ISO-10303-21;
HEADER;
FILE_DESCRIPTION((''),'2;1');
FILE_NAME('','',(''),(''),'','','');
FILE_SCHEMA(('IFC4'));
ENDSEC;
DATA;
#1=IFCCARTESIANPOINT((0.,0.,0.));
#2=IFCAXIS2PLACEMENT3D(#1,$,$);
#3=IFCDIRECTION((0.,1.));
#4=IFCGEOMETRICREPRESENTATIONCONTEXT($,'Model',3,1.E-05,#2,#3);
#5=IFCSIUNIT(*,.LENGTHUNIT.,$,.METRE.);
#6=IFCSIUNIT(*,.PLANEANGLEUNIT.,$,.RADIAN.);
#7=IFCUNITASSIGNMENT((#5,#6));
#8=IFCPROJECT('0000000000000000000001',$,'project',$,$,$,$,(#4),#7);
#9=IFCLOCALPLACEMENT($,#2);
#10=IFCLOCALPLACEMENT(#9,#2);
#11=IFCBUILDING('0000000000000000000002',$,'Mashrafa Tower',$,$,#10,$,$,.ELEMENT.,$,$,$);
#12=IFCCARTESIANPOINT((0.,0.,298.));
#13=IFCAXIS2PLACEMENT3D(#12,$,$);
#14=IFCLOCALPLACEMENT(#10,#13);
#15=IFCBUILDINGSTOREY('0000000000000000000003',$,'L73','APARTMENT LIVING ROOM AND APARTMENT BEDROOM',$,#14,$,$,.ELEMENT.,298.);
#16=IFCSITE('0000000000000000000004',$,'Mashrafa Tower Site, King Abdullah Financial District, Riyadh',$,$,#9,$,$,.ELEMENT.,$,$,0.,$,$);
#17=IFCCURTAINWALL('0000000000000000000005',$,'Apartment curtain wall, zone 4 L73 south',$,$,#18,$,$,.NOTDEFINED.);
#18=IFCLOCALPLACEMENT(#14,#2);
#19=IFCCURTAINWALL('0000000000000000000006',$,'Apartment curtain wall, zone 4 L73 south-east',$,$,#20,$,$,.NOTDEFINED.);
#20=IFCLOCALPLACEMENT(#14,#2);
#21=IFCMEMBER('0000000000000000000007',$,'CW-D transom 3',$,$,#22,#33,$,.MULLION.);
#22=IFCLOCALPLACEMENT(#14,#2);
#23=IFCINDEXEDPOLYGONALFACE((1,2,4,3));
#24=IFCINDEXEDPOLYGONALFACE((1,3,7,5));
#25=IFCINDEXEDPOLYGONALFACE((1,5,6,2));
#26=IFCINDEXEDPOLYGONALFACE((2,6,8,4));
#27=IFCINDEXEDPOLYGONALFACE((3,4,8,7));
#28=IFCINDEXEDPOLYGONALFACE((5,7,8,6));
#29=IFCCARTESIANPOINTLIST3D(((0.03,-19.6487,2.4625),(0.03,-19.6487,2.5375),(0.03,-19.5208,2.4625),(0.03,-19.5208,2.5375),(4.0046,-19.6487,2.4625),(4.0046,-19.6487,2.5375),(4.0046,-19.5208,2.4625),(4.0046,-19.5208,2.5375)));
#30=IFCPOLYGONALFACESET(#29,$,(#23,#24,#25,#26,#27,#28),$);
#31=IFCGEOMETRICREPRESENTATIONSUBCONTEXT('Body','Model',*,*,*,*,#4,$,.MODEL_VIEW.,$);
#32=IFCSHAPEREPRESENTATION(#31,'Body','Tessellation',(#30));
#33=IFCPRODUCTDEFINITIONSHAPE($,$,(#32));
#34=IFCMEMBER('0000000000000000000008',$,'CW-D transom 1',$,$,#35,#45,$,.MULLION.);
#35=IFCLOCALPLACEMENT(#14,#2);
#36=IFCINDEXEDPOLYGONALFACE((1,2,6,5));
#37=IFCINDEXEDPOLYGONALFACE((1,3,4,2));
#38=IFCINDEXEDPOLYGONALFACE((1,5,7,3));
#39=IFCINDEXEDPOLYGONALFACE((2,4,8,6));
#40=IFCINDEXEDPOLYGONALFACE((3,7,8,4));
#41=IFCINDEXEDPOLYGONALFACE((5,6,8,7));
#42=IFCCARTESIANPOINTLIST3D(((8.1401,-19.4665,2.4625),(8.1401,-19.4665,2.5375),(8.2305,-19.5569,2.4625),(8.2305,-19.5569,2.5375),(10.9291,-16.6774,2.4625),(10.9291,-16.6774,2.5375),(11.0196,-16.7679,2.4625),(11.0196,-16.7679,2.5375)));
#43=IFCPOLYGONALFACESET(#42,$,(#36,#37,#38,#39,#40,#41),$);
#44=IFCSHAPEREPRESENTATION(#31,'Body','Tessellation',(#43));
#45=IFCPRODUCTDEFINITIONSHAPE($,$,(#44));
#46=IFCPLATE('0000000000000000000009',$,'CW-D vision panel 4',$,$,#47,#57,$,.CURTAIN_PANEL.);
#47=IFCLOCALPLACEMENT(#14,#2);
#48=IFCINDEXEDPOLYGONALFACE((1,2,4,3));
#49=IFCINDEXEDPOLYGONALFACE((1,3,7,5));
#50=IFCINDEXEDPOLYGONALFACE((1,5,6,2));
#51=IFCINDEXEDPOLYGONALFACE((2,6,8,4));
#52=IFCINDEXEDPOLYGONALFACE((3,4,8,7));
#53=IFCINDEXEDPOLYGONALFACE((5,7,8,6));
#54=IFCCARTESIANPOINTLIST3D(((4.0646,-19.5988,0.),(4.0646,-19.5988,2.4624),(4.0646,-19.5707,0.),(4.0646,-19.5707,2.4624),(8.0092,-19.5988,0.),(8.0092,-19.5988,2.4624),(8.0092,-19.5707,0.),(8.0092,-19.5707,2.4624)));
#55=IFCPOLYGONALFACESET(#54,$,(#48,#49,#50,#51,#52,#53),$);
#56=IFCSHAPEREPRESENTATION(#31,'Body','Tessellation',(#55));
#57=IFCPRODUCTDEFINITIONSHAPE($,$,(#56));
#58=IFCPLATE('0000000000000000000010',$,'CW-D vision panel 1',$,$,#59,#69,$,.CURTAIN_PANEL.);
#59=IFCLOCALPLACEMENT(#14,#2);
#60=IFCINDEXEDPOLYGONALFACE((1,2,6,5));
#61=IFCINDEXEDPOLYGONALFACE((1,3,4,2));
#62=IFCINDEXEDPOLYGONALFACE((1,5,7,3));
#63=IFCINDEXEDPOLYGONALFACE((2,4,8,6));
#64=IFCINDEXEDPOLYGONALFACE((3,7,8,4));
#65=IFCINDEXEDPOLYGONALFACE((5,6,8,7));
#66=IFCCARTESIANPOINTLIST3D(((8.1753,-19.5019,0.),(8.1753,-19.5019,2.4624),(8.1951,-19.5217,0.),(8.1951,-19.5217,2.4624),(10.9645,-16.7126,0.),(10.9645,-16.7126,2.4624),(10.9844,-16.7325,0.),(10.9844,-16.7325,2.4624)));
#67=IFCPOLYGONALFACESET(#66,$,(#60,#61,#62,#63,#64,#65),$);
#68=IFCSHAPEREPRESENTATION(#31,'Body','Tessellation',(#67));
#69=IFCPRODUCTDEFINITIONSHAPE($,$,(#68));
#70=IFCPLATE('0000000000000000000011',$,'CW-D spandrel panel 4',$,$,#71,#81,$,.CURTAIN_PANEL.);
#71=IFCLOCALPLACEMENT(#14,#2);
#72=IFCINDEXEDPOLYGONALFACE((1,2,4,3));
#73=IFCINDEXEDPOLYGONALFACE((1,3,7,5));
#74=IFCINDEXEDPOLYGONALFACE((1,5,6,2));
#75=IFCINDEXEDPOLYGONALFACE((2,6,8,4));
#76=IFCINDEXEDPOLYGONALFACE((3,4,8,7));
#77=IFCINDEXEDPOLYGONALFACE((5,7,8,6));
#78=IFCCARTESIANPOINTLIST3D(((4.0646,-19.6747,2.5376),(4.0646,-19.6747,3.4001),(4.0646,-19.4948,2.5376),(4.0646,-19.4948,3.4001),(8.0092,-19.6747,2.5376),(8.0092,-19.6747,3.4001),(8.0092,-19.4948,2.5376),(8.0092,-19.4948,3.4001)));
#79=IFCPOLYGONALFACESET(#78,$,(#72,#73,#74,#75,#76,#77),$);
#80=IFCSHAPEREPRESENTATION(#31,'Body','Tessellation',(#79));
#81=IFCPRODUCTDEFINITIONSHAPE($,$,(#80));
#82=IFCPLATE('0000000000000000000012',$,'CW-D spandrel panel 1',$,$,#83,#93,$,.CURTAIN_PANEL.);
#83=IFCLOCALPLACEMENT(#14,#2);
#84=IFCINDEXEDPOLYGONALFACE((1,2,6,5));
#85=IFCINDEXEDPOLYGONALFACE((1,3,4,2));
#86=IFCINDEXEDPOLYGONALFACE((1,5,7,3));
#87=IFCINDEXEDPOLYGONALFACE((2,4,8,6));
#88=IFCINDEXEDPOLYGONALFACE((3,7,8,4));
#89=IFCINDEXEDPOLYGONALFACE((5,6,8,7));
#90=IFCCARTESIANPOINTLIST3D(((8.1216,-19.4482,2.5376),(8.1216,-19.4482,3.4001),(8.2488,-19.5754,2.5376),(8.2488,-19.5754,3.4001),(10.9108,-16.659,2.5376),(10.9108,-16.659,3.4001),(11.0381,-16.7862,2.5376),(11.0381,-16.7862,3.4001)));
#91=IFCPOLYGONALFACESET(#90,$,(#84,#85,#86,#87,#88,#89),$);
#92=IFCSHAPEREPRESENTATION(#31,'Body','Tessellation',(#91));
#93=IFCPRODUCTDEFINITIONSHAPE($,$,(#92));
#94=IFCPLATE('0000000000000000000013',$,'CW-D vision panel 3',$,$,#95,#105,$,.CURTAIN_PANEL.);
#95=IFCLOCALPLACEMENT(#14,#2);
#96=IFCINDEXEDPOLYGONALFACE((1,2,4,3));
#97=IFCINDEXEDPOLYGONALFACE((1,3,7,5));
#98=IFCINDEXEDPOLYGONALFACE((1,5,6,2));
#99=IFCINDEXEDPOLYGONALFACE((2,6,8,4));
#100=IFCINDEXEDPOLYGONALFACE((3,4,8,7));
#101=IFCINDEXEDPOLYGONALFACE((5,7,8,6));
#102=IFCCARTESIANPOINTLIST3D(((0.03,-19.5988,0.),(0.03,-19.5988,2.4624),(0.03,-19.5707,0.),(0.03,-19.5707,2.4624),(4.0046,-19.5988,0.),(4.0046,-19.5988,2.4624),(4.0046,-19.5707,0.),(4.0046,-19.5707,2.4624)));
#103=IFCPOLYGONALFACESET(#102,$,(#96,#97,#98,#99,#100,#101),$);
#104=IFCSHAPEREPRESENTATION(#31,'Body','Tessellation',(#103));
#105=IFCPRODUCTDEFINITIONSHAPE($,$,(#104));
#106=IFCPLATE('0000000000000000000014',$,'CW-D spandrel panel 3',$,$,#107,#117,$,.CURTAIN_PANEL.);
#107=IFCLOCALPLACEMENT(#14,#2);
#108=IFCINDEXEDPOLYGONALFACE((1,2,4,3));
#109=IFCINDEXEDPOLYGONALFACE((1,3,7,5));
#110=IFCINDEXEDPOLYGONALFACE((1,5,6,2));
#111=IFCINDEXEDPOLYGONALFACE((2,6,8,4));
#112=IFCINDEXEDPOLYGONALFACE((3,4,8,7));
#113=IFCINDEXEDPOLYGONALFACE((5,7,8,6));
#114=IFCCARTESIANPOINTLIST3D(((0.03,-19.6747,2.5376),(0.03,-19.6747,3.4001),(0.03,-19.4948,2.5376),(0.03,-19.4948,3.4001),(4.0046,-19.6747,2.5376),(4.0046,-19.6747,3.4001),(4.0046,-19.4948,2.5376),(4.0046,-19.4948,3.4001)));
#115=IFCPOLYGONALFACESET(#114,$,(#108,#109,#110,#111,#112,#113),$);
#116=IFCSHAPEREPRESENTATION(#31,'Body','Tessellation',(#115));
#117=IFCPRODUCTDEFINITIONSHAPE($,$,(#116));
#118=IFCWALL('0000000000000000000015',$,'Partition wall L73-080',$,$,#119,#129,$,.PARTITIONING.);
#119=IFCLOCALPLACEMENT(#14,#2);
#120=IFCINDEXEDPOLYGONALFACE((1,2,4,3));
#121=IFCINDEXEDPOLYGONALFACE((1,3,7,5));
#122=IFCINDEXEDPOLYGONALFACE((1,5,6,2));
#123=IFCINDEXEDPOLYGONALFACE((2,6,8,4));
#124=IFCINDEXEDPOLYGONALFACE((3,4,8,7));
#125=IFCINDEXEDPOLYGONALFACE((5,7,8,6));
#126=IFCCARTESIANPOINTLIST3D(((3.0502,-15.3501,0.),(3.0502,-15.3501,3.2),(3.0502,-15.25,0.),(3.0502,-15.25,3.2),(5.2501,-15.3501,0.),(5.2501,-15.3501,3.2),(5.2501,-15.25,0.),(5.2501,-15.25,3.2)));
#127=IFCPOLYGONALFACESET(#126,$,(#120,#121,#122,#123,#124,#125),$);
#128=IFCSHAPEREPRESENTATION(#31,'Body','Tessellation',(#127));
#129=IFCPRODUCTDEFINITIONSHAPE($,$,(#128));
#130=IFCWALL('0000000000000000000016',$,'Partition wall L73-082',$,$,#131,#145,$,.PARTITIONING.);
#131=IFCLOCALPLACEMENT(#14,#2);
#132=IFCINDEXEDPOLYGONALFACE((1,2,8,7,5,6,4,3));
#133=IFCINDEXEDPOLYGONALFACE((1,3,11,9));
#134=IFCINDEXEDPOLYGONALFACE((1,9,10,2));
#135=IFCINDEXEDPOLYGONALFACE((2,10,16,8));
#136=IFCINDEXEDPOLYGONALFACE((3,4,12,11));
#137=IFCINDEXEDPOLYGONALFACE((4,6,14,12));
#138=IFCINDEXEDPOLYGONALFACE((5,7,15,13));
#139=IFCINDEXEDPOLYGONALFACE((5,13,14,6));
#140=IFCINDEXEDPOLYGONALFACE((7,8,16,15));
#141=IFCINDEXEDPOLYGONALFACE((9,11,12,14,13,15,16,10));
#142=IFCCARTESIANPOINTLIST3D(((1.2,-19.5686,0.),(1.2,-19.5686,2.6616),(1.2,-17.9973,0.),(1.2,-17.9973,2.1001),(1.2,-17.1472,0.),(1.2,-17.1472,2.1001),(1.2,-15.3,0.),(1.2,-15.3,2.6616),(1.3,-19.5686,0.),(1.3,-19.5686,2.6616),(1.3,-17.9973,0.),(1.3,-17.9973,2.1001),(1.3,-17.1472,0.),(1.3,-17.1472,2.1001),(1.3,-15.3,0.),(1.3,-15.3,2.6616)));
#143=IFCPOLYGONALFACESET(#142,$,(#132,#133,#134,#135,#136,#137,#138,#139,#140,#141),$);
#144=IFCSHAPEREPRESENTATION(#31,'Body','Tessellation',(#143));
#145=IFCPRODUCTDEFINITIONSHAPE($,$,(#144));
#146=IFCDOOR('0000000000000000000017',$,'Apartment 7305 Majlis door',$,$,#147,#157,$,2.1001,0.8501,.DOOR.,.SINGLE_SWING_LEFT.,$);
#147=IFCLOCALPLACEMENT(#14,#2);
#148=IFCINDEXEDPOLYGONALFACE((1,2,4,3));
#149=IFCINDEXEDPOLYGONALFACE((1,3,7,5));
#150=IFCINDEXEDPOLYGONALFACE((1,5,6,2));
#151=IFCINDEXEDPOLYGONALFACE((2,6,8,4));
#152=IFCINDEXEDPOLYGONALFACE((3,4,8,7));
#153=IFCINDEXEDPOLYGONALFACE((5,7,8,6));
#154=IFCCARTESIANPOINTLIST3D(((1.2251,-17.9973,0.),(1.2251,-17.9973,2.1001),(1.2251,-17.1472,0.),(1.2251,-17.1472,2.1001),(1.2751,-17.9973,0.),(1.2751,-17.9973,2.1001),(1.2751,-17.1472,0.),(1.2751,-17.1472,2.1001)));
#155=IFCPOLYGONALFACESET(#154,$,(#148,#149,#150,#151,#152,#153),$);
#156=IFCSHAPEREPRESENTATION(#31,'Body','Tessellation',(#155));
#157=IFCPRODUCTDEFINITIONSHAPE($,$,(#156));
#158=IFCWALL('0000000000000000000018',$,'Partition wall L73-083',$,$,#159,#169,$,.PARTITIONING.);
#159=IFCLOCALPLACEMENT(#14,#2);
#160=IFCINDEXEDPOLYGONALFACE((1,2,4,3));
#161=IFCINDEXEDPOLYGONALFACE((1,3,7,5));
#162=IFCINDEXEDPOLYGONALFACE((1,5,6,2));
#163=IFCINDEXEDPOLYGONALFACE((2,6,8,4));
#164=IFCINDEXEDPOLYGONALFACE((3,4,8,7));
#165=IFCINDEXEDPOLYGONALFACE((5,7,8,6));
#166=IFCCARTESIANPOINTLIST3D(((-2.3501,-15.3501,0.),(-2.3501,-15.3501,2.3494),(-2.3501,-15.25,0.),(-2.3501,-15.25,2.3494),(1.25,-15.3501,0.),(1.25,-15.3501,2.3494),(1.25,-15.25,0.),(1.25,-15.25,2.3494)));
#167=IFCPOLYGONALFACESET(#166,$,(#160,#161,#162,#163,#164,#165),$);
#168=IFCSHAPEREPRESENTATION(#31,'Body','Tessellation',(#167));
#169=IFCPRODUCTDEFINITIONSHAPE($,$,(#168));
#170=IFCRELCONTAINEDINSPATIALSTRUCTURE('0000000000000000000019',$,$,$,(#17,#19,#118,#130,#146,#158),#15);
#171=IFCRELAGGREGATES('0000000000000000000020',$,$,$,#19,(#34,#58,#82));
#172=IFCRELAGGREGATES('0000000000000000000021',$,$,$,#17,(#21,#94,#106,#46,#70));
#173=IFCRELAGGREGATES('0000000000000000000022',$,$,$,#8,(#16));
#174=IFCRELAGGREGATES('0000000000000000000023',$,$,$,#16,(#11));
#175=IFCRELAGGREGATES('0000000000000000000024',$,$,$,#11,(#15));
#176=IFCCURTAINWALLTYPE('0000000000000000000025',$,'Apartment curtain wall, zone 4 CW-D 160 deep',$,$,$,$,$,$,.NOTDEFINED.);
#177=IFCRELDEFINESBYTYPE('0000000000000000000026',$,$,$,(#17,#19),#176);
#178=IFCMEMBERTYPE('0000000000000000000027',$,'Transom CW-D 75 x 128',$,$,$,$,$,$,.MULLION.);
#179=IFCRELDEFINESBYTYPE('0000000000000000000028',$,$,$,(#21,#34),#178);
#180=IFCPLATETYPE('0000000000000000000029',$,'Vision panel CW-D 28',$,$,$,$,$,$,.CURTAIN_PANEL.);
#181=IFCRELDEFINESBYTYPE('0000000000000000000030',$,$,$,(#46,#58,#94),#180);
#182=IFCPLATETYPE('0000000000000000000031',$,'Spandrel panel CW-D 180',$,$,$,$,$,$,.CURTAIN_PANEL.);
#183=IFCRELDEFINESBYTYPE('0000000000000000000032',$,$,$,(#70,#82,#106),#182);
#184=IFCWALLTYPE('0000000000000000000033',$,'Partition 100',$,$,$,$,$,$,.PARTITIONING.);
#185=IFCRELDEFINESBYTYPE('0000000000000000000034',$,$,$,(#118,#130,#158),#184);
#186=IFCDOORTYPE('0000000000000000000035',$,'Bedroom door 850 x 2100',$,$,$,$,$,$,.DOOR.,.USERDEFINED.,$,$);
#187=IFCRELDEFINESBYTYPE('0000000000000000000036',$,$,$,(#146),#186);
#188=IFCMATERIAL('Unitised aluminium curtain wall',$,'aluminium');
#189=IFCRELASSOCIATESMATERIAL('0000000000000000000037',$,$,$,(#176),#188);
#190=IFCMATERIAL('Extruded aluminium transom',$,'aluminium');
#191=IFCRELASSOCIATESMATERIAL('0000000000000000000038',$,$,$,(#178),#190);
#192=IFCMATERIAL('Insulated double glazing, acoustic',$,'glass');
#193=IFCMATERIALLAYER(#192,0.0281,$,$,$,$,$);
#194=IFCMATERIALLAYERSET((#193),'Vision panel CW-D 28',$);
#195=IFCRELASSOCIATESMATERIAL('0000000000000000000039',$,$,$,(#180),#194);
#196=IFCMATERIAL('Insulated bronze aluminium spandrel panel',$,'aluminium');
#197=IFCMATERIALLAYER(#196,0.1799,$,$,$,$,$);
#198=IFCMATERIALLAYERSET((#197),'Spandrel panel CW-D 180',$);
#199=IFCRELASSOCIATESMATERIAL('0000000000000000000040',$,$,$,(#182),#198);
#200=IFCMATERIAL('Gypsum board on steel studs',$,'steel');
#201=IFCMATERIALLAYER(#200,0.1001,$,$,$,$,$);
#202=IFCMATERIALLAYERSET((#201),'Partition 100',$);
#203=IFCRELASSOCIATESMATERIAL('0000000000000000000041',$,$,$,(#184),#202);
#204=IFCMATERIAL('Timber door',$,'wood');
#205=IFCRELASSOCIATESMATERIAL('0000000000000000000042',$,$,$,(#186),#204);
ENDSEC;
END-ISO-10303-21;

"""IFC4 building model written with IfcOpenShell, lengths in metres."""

from ifc_helpers import new_model, si_unit, direction, frame, frame_2d, origin, origin_2d, place, context, subcontext, project, spatial, rectangle, extrude, source, transform, mapped, material, layer, layer_set, material_profile, profile_set, type_object, type_shapes, element, fill, aggregate, save


model = new_model("IFC4")

# Units and contexts
model_context = context("Model", 3, precision=1e-05, world=origin(), true_north=direction((0.0, 1.0)))
body_context = subcontext(model_context, "Body", "Model", "MODEL_VIEW")
ifc_project = project(units=[si_unit("LENGTHUNIT", "METRE"), si_unit("PLANEANGLEUNIT", "RADIAN")], contexts=[model_context])

# Site, building, storey
site_placement = place(None, origin())
site = spatial("IfcSite", under=ifc_project, at=site_placement, Name="Mashrafa Tower Site, King Abdullah Financial District, Riyadh", CompositionType="ELEMENT", RefElevation=0.0)
building_placement = place(site_placement, origin())
building = spatial("IfcBuilding", under=site, at=building_placement, Name="Mashrafa Tower", CompositionType="ELEMENT")
storey_placement = place(building_placement, frame((0.0, 0.0, 298.0)))
storey = spatial("IfcBuildingStorey", under=building, at=storey_placement, Name="L73", Description="APARTMENT LIVING ROOM AND APARTMENT BEDROOM", CompositionType="ELEMENT", Elevation=298.0)

# Curtain wall
ifc_material_1 = material(Name="Unitised aluminium curtain wall", Category="aluminium")
curtain_wall_type = type_object("IfcCurtainWallType", Name="Apartment curtain wall, zone 4 CW-D 160 deep", PredefinedType="NOTDEFINED", material=ifc_material_1)
curtain_wall_1_placement = place(storey_placement, origin())
curtain_wall_1 = element("IfcCurtainWall", 1, at=curtain_wall_1_placement, inside=storey, type_object=curtain_wall_type, Name="Apartment curtain wall, zone 4 L73 south", PredefinedType="NOTDEFINED")

# Curtain wall
curtain_wall_2_placement = place(storey_placement, origin())
curtain_wall_2 = element("IfcCurtainWall", 2, at=curtain_wall_2_placement, inside=storey, type_object=curtain_wall_type, Name="Apartment curtain wall, zone 4 L73 south-east", PredefinedType="NOTDEFINED")

# Members
ifc_material_2 = material(Name="Extruded aluminium transom", Category="aluminium")
ifc_material_profile_1 = material_profile(ifc_material_2, rectangle(XDim=0.1279, YDim=0.075, at=origin_2d()), Name="Transom 75x128")
ifc_profile_set_1 = profile_set([ifc_material_profile_1], Name="Extruded aluminium transom")
member_type_1 = type_object("IfcMemberType", Name="Transom CW-D 75 x 128", PredefinedType="MULLION", material=ifc_profile_set_1)
shared_shape_1 = source(origin(), body_context, "Body", "SweptSolid", [
    extrude(rectangle(XDim=0.1279, YDim=0.075, at=origin_2d()), origin(), (0.0, 0.0, 1.0), 3.9746),
])
member_1_placement = place(storey_placement, frame((0.03, -19.5847, 2.5), z_axis=(1.0, 0.0, 0.0), x_axis=(0.0, 1.0, 0.0)))
member_1 = element("IfcMember", 3, at=member_1_placement, type_object=member_type_1, Name="CW-D transom 3", PredefinedType="MULLION", context=body_context, shape_type="MappedRepresentation", body=[
    mapped(shared_shape_1, transform((0.0, 0.0, 0.0))),
])
shared_shape_2 = source(origin(), body_context, "Body", "SweptSolid", [
    extrude(rectangle(XDim=0.1279, YDim=0.075, at=origin_2d()), origin(), (0.0, 0.0, 1.0), 3.9443),
])
member_2_placement = place(storey_placement, frame((8.1853, -19.5117, 2.5), z_axis=(0.707107, 0.707107, 0.0), x_axis=(-0.707107, 0.707107, 0.0)))
member_2 = element("IfcMember", 4, at=member_2_placement, type_object=member_type_1, Name="CW-D transom 1", PredefinedType="MULLION", context=body_context, shape_type="MappedRepresentation", body=[
    mapped(shared_shape_2, transform((0.0, 0.0, 0.0))),
])

# Plates
ifc_material_3 = material(Name="Insulated double glazing, acoustic", Category="glass")
ifc_layer_1 = layer(ifc_material_3, 0.0281)
ifc_layer_set_1 = layer_set([ifc_layer_1], Name="Vision panel CW-D 28")
plate_type_1 = type_object("IfcPlateType", Name="Vision panel CW-D 28", PredefinedType="CURTAIN_PANEL", material=ifc_layer_set_1)
shared_shape_3 = source(origin(), body_context, "Body", "SweptSolid", [
    extrude(rectangle(XDim=3.9446, YDim=0.0281, at=origin_2d()), origin(), (0.0, 0.0, 1.0), 2.4624),
])
plate_1_placement = place(storey_placement, frame((6.0369, -19.5847, 0.0), z_axis=(0.0, 0.0, 1.0), x_axis=(1.0, 0.0, 0.0)))
plate_1 = element("IfcPlate", 5, at=plate_1_placement, type_object=plate_type_1, Name="CW-D vision panel 4", PredefinedType="CURTAIN_PANEL", context=body_context, shape_type="MappedRepresentation", body=[
    mapped(shared_shape_3, transform((0.0, 0.0, 0.0))),
])
plate_2_placement = place(storey_placement, frame((9.5798, -18.1172, 0.0), z_axis=(0.0, 0.0, 1.0), x_axis=(0.707107, 0.707107, 0.0)))
plate_2 = element("IfcPlate", 6, at=plate_2_placement, type_object=plate_type_1, Name="CW-D vision panel 1", PredefinedType="CURTAIN_PANEL", context=body_context, shape_type="MappedRepresentation", body=[
    mapped(shared_shape_3, transform((0.0, 0.0, 0.0))),
])
ifc_material_4 = material(Name="Insulated bronze aluminium spandrel panel", Category="aluminium")
ifc_layer_2 = layer(ifc_material_4, 0.1799)
ifc_layer_set_2 = layer_set([ifc_layer_2], Name="Spandrel panel CW-D 180")
plate_type_2 = type_object("IfcPlateType", Name="Spandrel panel CW-D 180", PredefinedType="CURTAIN_PANEL", material=ifc_layer_set_2)
shared_shape_4 = source(origin(), body_context, "Body", "SweptSolid", [
    extrude(rectangle(XDim=3.9446, YDim=0.1799, at=origin_2d()), origin(), (0.0, 0.0, 1.0), 0.8625),
])
plate_3_placement = place(storey_placement, frame((6.0369, -19.5847, 2.5376), z_axis=(0.0, 0.0, 1.0), x_axis=(1.0, 0.0, 0.0)))
plate_3 = element("IfcPlate", 7, at=plate_3_placement, type_object=plate_type_2, Name="CW-D spandrel panel 4", PredefinedType="CURTAIN_PANEL", context=body_context, shape_type="MappedRepresentation", body=[
    mapped(shared_shape_4, transform((0.0, 0.0, 0.0))),
])
plate_4_placement = place(storey_placement, frame((9.5798, -18.1172, 2.5376), z_axis=(0.0, 0.0, 1.0), x_axis=(0.707107, 0.707107, 0.0)))
plate_4 = element("IfcPlate", 8, at=plate_4_placement, type_object=plate_type_2, Name="CW-D spandrel panel 1", PredefinedType="CURTAIN_PANEL", context=body_context, shape_type="MappedRepresentation", body=[
    mapped(shared_shape_4, transform((0.0, 0.0, 0.0))),
])
aggregate(curtain_wall_2, [member_2, plate_2, plate_4])
shared_shape_5 = source(origin(), body_context, "Body", "SweptSolid", [
    extrude(rectangle(XDim=3.9746, YDim=0.0281, at=origin_2d()), origin(), (0.0, 0.0, 1.0), 2.4624),
])
type_shapes(plate_type_1, [shared_shape_3, shared_shape_5])
plate_5_placement = place(storey_placement, frame((2.0173, -19.5847, 0.0), z_axis=(0.0, 0.0, 1.0), x_axis=(1.0, 0.0, 0.0)))
plate_5 = element("IfcPlate", 9, at=plate_5_placement, type_object=plate_type_1, Name="CW-D vision panel 3", PredefinedType="CURTAIN_PANEL", context=body_context, shape_type="MappedRepresentation", body=[
    mapped(shared_shape_5, transform((0.0, 0.0, 0.0))),
])
shared_shape_6 = source(origin(), body_context, "Body", "SweptSolid", [
    extrude(rectangle(XDim=3.9746, YDim=0.1799, at=origin_2d()), origin(), (0.0, 0.0, 1.0), 0.8625),
])
type_shapes(plate_type_2, [shared_shape_4, shared_shape_6])
plate_6_placement = place(storey_placement, frame((2.0173, -19.5847, 2.5376), z_axis=(0.0, 0.0, 1.0), x_axis=(1.0, 0.0, 0.0)))
plate_6 = element("IfcPlate", 10, at=plate_6_placement, type_object=plate_type_2, Name="CW-D spandrel panel 3", PredefinedType="CURTAIN_PANEL", context=body_context, shape_type="MappedRepresentation", body=[
    mapped(shared_shape_6, transform((0.0, 0.0, 0.0))),
])
aggregate(curtain_wall_1, [member_1, plate_5, plate_6, plate_1, plate_3])

# Wall
ifc_material_5 = material(Name="Gypsum board on steel studs", Category="steel")
ifc_layer_3 = layer(ifc_material_5, 0.1001)
ifc_layer_set_3 = layer_set([ifc_layer_3], Name="Partition 100")
wall_type = type_object("IfcWallType", Name="Partition 100", PredefinedType="PARTITIONING", material=ifc_layer_set_3)
wall_1_placement = place(storey_placement, frame((3.05, -15.3, 0.0), z_axis=(0.0, 0.0, 1.0), x_axis=(1.0, 0.0, 0.0)))
element("IfcWall", 11, at=wall_1_placement, inside=storey, type_object=wall_type, Name="Partition wall L73-080", PredefinedType="PARTITIONING", context=body_context, shape_type="SweptSolid", body=[
    extrude(rectangle(XDim=2.2, YDim=0.1001, at=frame_2d((1.1001, 0.0))), origin(), (0.0, 0.0, 1.0), 3.2),
])

# Wall, opening, door
wall_2_placement = place(storey_placement, frame((1.25, -19.5686, 0.0), z_axis=(0.0, 0.0, 1.0), x_axis=(0.0, 1.0, 0.0)))
wall_2 = element("IfcWall", 12, at=wall_2_placement, inside=storey, type_object=wall_type, Name="Partition wall L73-082", PredefinedType="PARTITIONING", context=body_context, shape_type="SweptSolid", body=[
    extrude(rectangle(XDim=4.2686, YDim=0.1001, at=frame_2d((2.1343, 0.0))), origin(), (0.0, 0.0, 1.0), 2.6616),
])
opening_placement = place(wall_2_placement, frame((1.5713, 0.0, 0.0)))
opening = element("IfcOpeningElement", 13, at=opening_placement, cuts=wall_2, PredefinedType="OPENING", context=body_context, shape_type="SweptSolid", body=[
    extrude(rectangle(XDim=0.8501, YDim=2.1001, at=frame_2d((0.425, 1.05))), frame((0.0, 0.0601, 0.0), z_axis=(0.0, -1.0, 0.0), x_axis=(1.0, 0.0, 0.0)), (0.0, 0.0, 1.0), 0.1201),
])
ifc_material_6 = material(Name="Timber door", Category="wood")
door_type = type_object("IfcDoorType", Name="Bedroom door 850 x 2100", OperationType="USERDEFINED", PredefinedType="DOOR", material=ifc_material_6)
door_placement = place(opening_placement, origin())
door = element("IfcDoor", 14, at=door_placement, inside=storey, type_object=door_type, Name="Apartment 7305 Majlis door", OperationType="SINGLE_SWING_LEFT", OverallHeight=2.1001, OverallWidth=0.8501, PredefinedType="DOOR", context=body_context, shape_type="SweptSolid", body=[
    extrude(rectangle(XDim=0.8501, YDim=2.1001, at=frame_2d((0.425, 1.05))), frame((0.0, 0.0249, 0.0), z_axis=(0.0, -1.0, 0.0), x_axis=(1.0, 0.0, 0.0)), (0.0, 0.0, 1.0), 0.05),
])
fill(opening, door)

# Wall
wall_3_placement = place(storey_placement, frame((1.25, -15.3, 0.0), z_axis=(0.0, 0.0, 1.0), x_axis=(-1.0, 0.0, 0.0)))
element("IfcWall", 15, at=wall_3_placement, inside=storey, type_object=wall_type, Name="Partition wall L73-083", PredefinedType="PARTITIONING", context=body_context, shape_type="SweptSolid", body=[
    extrude(rectangle(XDim=3.6001, YDim=0.1001, at=frame_2d((1.8, 0.0))), origin(), (0.0, 0.0, 1.0), 2.3494),
])

save(model, "model.ifc")
